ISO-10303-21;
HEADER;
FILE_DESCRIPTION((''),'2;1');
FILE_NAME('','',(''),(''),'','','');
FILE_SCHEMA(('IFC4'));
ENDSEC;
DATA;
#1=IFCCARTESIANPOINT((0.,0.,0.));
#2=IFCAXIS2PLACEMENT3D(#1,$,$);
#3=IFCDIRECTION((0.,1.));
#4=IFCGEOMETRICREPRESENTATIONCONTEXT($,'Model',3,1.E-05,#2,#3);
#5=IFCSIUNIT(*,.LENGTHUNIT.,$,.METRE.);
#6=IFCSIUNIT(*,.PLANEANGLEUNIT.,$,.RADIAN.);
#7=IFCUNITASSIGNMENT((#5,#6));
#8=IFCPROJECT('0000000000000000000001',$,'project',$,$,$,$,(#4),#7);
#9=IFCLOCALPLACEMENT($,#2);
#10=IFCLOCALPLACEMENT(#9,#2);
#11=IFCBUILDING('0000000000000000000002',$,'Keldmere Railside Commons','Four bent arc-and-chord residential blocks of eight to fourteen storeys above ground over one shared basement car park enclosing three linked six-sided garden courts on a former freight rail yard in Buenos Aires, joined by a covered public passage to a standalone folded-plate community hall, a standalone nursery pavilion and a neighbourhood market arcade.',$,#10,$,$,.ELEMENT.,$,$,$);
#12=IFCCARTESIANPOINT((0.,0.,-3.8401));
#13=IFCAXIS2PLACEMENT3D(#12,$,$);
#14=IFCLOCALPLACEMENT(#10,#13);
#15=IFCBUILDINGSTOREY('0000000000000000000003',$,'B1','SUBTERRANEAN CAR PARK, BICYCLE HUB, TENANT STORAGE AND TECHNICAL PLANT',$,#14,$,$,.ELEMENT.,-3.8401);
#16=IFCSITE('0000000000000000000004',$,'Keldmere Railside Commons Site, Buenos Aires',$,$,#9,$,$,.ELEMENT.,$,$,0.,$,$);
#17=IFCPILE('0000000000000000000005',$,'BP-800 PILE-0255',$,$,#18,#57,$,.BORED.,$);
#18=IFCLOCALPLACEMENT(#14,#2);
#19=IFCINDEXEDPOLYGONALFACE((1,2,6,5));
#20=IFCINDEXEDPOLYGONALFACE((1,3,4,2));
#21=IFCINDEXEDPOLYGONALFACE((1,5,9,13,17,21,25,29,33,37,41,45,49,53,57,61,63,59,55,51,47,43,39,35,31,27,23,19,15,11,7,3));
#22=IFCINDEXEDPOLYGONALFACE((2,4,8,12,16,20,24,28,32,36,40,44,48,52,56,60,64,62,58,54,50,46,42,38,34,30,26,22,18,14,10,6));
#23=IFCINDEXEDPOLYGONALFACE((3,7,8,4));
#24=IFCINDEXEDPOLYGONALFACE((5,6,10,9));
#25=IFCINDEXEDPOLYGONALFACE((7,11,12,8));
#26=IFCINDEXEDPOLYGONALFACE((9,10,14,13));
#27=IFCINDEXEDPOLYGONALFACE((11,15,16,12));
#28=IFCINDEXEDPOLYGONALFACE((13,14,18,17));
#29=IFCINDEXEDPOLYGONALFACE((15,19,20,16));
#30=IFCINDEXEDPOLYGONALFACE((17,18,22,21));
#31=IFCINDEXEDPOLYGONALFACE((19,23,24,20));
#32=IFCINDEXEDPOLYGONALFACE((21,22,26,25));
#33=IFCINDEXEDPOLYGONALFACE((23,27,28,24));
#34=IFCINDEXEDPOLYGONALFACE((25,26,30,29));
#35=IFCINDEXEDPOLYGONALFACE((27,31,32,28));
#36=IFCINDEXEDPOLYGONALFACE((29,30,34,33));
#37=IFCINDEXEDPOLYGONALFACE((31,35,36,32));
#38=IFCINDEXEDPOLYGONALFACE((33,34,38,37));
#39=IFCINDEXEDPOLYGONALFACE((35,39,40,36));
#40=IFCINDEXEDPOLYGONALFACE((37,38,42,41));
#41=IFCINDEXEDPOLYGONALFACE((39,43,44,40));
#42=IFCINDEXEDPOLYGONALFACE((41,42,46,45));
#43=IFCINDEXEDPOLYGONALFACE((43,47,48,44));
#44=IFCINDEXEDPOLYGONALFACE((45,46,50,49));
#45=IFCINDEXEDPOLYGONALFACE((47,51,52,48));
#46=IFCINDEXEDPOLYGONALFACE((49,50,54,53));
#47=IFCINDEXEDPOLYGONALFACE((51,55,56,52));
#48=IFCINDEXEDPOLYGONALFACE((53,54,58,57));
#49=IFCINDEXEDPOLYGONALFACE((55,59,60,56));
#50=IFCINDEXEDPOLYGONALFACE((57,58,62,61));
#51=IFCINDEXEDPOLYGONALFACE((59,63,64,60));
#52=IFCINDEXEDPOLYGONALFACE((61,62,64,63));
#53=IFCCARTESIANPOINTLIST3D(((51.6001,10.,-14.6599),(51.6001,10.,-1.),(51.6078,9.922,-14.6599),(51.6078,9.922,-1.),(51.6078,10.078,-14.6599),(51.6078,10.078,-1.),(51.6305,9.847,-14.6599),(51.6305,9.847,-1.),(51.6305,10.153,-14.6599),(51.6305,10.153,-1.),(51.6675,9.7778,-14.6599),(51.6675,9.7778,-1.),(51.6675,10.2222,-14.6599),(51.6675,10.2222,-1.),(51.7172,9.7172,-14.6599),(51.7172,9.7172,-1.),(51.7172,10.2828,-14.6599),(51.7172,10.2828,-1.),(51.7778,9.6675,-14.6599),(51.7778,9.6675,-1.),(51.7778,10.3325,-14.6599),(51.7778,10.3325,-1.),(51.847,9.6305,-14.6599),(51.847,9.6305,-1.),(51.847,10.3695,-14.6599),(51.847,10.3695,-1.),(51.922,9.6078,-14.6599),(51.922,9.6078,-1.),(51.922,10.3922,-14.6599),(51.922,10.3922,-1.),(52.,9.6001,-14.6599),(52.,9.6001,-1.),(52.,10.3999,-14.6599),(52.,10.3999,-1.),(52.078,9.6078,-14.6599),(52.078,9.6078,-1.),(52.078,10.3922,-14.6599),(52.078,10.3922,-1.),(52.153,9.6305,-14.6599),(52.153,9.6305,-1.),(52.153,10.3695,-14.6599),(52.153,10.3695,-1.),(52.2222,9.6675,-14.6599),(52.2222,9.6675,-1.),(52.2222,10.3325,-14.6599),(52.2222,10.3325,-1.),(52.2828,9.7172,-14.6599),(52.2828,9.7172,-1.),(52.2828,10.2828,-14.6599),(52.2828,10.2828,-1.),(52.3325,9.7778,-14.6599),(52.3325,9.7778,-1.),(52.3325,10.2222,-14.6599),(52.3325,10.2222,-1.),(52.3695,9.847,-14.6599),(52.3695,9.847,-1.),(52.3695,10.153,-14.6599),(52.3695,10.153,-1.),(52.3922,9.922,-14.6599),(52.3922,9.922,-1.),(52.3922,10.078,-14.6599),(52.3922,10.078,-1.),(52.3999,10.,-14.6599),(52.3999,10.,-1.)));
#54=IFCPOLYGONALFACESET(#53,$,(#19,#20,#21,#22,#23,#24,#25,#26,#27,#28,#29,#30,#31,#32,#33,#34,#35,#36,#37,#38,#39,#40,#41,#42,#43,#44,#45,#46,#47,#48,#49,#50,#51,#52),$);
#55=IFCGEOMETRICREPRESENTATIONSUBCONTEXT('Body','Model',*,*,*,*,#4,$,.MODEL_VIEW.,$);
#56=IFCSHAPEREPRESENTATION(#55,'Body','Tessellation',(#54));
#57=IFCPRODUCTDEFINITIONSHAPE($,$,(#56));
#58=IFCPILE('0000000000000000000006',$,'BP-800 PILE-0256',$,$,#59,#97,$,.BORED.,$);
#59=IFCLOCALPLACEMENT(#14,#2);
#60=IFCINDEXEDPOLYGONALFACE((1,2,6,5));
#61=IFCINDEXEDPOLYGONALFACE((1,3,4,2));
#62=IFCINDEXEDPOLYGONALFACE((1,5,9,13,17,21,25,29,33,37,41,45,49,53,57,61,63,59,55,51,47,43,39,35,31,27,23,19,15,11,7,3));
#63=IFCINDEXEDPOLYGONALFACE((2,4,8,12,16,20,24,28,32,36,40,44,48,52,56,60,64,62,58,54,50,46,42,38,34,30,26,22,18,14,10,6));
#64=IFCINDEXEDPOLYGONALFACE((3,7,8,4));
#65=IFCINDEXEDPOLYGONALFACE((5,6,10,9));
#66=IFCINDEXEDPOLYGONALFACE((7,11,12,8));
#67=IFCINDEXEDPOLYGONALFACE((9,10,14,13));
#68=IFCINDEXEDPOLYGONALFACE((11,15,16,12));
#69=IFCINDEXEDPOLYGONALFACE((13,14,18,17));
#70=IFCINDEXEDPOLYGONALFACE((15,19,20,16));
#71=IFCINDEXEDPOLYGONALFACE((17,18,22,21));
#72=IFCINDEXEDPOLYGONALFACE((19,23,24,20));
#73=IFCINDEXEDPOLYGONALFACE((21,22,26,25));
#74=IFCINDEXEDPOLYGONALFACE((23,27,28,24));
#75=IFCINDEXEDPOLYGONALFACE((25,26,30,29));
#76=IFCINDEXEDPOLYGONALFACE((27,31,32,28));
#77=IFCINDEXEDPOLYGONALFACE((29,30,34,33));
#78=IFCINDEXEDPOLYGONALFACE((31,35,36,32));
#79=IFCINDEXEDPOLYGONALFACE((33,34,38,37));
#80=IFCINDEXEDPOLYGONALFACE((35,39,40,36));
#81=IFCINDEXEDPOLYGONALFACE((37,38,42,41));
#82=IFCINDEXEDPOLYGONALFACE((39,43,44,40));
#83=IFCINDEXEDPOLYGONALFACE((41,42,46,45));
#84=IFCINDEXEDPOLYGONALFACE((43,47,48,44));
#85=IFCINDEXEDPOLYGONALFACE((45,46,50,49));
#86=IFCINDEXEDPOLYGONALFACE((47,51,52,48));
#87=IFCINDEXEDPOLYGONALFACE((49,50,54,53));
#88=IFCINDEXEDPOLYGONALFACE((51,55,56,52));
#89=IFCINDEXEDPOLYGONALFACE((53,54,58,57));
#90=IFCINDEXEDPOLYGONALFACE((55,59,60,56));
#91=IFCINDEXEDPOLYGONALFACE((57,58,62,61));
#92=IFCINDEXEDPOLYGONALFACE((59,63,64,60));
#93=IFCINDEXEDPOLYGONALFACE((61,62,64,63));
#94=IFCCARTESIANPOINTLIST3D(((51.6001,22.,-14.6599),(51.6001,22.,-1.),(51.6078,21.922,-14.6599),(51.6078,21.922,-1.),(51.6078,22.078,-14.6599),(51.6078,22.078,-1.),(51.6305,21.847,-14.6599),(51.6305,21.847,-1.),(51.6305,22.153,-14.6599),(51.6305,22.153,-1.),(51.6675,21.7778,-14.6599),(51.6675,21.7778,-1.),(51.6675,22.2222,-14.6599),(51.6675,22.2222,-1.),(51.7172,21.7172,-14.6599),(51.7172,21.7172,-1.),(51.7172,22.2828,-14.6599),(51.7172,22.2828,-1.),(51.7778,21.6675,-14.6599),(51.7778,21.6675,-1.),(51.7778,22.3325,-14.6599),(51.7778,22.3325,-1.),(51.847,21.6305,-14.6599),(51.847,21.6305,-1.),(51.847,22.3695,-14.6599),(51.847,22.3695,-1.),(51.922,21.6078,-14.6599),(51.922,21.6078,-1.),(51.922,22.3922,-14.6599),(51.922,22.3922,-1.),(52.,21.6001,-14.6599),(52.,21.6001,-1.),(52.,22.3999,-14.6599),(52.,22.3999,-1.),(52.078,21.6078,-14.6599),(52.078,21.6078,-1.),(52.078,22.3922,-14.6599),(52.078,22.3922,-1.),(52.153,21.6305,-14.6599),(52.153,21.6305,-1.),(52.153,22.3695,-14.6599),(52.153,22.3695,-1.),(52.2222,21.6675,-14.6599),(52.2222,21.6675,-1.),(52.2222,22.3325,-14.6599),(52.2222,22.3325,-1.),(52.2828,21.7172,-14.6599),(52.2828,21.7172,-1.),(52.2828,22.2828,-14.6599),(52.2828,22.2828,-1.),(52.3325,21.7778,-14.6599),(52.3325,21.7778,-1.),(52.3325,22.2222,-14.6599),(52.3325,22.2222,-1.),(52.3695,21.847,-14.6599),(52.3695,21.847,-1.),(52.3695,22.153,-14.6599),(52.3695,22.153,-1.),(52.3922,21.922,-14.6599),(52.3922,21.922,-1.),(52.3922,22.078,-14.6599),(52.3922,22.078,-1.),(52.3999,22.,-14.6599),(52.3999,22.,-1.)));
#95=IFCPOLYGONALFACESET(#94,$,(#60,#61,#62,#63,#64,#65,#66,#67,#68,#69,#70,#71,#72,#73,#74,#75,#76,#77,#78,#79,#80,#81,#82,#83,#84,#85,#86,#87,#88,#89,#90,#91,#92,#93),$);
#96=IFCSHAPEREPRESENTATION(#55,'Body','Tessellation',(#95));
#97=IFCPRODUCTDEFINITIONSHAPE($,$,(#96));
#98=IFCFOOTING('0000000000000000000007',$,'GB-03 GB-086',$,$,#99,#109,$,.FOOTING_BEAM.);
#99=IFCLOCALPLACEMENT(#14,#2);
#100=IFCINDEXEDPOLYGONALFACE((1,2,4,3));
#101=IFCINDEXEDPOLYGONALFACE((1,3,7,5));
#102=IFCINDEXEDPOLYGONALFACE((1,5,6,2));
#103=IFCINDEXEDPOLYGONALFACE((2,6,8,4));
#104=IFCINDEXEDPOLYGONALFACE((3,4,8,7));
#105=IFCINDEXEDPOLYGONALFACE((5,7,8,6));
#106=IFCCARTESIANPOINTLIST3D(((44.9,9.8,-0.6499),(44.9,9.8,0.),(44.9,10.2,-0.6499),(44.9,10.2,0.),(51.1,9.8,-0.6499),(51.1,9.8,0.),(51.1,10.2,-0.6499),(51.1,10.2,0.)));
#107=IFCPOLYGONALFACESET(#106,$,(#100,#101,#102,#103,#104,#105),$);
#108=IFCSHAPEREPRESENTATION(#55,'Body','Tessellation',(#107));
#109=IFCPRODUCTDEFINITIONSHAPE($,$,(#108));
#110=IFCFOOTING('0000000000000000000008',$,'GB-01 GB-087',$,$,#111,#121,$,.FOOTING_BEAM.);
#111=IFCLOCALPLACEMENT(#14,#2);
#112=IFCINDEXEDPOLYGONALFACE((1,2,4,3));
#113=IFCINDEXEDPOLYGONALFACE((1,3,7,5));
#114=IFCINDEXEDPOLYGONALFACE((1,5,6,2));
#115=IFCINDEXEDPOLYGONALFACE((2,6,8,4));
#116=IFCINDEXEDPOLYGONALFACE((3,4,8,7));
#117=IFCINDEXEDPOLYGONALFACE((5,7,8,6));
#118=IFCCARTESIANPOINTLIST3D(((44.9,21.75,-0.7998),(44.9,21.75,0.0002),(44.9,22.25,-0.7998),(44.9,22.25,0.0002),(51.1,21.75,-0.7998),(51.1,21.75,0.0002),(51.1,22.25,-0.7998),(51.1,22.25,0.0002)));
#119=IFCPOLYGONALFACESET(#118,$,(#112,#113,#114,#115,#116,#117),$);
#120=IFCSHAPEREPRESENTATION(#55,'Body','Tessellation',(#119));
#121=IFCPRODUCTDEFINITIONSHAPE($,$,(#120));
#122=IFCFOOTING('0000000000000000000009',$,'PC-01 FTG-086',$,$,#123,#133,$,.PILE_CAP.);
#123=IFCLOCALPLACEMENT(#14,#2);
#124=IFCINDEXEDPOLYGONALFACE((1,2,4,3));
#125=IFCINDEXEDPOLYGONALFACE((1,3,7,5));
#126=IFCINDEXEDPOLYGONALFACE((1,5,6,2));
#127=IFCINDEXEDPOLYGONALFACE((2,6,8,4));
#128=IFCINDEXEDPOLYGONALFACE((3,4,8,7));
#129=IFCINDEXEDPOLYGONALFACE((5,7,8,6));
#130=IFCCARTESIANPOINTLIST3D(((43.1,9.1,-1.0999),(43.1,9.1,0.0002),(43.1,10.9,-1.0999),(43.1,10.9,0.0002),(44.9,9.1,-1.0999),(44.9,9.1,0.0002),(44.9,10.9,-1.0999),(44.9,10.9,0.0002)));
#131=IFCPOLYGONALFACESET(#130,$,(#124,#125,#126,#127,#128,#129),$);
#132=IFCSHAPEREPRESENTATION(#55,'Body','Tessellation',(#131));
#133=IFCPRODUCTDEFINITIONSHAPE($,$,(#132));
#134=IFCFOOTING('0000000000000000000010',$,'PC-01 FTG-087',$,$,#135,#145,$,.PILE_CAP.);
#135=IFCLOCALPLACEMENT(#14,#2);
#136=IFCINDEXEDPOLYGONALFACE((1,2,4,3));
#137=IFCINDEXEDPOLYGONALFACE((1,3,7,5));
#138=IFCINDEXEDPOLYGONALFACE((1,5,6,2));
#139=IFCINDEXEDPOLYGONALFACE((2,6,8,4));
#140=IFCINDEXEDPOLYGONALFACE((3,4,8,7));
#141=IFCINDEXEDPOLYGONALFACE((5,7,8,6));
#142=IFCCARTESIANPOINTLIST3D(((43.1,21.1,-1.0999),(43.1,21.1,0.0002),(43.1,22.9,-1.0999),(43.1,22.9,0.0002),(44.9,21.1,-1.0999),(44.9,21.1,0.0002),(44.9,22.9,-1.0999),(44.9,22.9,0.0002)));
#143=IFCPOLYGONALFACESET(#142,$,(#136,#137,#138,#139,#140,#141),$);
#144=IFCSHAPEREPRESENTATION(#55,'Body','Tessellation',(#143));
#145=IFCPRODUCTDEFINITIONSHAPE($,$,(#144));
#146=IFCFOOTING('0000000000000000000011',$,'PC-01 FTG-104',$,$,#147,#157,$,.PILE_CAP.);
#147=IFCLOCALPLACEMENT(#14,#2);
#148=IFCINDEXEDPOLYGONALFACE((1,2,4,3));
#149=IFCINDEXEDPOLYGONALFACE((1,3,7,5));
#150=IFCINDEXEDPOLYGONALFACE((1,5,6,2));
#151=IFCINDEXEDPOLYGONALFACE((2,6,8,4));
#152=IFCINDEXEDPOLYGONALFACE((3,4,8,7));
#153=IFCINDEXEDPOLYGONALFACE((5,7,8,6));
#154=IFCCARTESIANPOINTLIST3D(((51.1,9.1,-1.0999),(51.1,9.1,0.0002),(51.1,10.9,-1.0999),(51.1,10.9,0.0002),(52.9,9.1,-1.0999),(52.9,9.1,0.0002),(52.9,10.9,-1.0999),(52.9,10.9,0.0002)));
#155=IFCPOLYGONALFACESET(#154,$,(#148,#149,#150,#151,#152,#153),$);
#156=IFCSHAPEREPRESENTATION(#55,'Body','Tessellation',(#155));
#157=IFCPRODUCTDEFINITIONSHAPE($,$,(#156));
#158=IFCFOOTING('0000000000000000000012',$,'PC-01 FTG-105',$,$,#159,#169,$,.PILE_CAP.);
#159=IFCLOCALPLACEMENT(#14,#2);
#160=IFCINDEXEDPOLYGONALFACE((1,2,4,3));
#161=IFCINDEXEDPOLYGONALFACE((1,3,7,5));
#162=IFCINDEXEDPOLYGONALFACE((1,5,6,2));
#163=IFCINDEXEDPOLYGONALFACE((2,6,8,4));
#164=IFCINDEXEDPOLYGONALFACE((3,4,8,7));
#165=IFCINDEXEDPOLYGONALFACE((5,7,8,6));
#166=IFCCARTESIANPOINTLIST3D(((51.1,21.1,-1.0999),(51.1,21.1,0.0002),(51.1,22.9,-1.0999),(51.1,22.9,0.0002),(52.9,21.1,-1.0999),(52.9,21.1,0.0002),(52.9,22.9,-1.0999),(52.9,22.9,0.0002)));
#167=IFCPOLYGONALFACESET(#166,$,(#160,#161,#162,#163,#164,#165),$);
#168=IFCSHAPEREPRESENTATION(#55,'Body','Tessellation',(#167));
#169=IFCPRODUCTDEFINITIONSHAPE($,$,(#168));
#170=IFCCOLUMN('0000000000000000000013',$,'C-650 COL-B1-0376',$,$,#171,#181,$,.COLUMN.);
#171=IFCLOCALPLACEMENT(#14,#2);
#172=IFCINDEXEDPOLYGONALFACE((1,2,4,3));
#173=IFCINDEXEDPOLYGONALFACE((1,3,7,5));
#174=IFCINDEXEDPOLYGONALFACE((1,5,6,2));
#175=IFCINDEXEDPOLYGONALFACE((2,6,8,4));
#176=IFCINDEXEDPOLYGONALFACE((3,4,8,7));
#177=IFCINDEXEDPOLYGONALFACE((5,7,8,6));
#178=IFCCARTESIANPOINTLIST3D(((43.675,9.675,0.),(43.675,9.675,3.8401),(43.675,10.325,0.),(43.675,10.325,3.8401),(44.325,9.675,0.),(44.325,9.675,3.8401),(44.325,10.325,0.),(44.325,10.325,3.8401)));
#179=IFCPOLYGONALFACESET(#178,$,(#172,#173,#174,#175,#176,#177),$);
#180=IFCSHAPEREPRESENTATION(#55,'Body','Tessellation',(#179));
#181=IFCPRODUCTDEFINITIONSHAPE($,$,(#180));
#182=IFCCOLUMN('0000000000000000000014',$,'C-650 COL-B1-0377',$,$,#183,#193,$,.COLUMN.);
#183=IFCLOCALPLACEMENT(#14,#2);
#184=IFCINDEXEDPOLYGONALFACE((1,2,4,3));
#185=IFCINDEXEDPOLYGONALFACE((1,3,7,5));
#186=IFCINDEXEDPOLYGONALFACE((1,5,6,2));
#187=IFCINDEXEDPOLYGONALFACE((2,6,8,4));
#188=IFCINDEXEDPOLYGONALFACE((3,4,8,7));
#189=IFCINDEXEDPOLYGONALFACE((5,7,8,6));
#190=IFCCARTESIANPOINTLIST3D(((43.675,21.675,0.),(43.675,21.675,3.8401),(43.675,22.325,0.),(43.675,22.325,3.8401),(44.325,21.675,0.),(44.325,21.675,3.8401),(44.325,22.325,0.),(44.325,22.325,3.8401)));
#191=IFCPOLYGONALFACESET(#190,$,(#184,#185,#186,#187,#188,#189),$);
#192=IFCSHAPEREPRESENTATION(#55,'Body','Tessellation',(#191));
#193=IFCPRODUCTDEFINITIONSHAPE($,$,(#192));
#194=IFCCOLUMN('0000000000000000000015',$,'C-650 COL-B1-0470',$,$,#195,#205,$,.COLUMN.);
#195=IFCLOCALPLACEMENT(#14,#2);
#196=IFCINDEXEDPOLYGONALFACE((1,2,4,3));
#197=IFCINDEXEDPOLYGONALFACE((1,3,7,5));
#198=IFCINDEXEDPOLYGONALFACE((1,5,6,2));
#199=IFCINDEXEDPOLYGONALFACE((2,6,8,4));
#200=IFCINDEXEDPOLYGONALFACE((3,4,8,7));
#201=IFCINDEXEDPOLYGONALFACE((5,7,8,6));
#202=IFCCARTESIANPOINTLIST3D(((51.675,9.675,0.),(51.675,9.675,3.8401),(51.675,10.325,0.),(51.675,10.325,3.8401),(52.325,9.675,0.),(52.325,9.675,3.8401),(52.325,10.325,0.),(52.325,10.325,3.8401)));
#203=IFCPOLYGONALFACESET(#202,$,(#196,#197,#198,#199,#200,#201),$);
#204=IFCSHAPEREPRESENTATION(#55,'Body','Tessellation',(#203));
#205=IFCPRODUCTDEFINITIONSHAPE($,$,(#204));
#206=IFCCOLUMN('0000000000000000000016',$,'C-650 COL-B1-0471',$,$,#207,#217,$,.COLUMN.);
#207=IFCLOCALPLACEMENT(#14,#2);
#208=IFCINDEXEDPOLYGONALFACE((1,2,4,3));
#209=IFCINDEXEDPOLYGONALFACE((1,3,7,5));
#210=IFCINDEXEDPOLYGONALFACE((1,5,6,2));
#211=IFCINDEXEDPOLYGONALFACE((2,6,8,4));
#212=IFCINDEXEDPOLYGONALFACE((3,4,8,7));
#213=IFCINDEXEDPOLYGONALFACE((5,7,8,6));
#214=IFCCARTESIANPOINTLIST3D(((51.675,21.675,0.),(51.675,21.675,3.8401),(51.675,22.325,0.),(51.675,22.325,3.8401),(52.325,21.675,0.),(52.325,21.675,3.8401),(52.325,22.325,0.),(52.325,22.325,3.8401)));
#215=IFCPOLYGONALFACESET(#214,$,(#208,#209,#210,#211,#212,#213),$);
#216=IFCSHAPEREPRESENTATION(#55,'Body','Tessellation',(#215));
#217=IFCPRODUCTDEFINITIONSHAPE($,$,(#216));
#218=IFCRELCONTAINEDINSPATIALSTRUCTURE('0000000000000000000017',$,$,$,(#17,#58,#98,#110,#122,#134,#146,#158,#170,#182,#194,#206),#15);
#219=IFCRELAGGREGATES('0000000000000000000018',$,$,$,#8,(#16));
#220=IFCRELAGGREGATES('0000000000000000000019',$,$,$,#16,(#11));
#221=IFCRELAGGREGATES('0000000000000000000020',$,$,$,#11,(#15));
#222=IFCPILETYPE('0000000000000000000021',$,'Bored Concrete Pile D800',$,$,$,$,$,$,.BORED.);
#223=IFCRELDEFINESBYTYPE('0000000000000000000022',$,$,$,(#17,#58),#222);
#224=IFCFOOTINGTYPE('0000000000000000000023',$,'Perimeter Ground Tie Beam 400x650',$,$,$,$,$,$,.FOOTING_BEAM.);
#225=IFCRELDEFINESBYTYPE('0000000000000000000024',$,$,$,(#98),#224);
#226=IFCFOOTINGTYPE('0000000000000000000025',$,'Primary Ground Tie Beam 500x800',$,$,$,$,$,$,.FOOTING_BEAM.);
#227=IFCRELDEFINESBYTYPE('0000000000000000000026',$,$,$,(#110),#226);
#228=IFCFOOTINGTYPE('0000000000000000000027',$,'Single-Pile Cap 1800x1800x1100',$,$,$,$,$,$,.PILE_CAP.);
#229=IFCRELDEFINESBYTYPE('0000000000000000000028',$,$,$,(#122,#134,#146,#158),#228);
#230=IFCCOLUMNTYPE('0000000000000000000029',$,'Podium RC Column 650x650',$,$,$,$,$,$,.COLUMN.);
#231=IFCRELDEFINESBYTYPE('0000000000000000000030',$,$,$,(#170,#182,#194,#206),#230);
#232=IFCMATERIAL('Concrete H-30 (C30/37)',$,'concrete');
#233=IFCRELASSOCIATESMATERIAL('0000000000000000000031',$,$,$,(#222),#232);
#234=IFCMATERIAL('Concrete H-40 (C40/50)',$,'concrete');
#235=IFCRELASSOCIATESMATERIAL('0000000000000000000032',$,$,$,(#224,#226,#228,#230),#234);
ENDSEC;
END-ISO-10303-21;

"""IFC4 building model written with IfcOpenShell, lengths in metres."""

from ifc_helpers import new_model, si_unit, direction, frame, origin, origin_2d, place, context, subcontext, project, spatial, rectangle, circle, extrude, material, material_profile, profile_set, type_object, element, save


model = new_model("IFC4")

# Units and contexts
model_context = context("Model", 3, precision=1e-05, world=origin(), true_north=direction((0.0, 1.0)))
body_context = subcontext(model_context, "Body", "Model", "MODEL_VIEW")
ifc_project = project(units=[si_unit("LENGTHUNIT", "METRE"), si_unit("PLANEANGLEUNIT", "RADIAN")], contexts=[model_context])

# Site, building, storey
site_placement = place(None, origin())
site = spatial("IfcSite", under=ifc_project, at=site_placement, Name="Keldmere Railside Commons Site, Buenos Aires", CompositionType="ELEMENT", RefElevation=0.0)
building_placement = place(site_placement, origin())
building = spatial("IfcBuilding", under=site, at=building_placement, Name="Keldmere Railside Commons", Description="Four bent arc-and-chord residential blocks of eight to fourteen storeys above ground over one shared basement car park enclosing three linked six-sided garden courts on a former freight rail yard in Buenos Aires, joined by a covered public passage to a standalone folded-plate community hall, a standalone nursery pavilion and a neighbourhood market arcade.", CompositionType="ELEMENT")
storey_placement = place(building_placement, frame((0.0, 0.0, -3.8401)))
storey = spatial("IfcBuildingStorey", under=building, at=storey_placement, Name="B1", Description="SUBTERRANEAN CAR PARK, BICYCLE HUB, TENANT STORAGE AND TECHNICAL PLANT", CompositionType="ELEMENT", Elevation=-3.8401)

# Piles
ifc_material_1 = material(Name="Concrete H-30 (C30/37)", Category="concrete")
ifc_material_profile_1 = material_profile(ifc_material_1, circle(Radius=0.3999, at=origin_2d()), Name="PILE-D800")
ifc_profile_set_1 = profile_set([ifc_material_profile_1], Name="Concrete H-30 (C30/37)")
pile_type = type_object("IfcPileType", Name="Bored Concrete Pile D800", PredefinedType="BORED", material=ifc_profile_set_1)
for number, where, z_axis, x_axis, name in (
    (1, (52.0, 10.0, -1.0), (0.0, 0.0, -1.0), (1.0, 0.0, 0.0), "BP-800 PILE-0255"),
    (2, (52.0, 22.0, -1.0), (0.0, 0.0, -1.0), (1.0, 0.0, 0.0), "BP-800 PILE-0256"),
):
    element("IfcPile", number, at=place(storey_placement, frame(where, z_axis=z_axis, x_axis=x_axis)), inside=storey, type_object=pile_type, Name=name, PredefinedType="BORED", context=body_context, shape_type="SweptSolid", body=[
        extrude(circle(Radius=0.3999, at=origin_2d()), origin(), (0.0, 0.0, 1.0), 13.6599),
    ])

# Footings
ifc_material_2 = material(Name="Concrete H-40 (C40/50)", Category="concrete")
footing_type_1 = type_object("IfcFootingType", Name="Perimeter Ground Tie Beam 400x650", PredefinedType="FOOTING_BEAM", material=ifc_material_2)
footing_1_placement = place(storey_placement, frame((48.0, 10.0, -0.6499), z_axis=(0.0, 0.0, 1.0), x_axis=(1.0, 0.0, 0.0)))
element("IfcFooting", 3, at=footing_1_placement, inside=storey, type_object=footing_type_1, Name="GB-03 GB-086", PredefinedType="FOOTING_BEAM", context=body_context, shape_type="SweptSolid", body=[
    extrude(rectangle(XDim=6.2, YDim=0.3999, at=origin_2d()), origin(), (0.0, 0.0, 1.0), 0.6499),
])
footing_type_2 = type_object("IfcFootingType", Name="Primary Ground Tie Beam 500x800", PredefinedType="FOOTING_BEAM", material=ifc_material_2)
footing_2_placement = place(storey_placement, frame((48.0, 22.0, -0.7998), z_axis=(0.0, 0.0, 1.0), x_axis=(1.0, 0.0, 0.0)))
element("IfcFooting", 4, at=footing_2_placement, inside=storey, type_object=footing_type_2, Name="GB-01 GB-087", PredefinedType="FOOTING_BEAM", context=body_context, shape_type="SweptSolid", body=[
    extrude(rectangle(XDim=6.2, YDim=0.5, at=origin_2d()), origin(), (0.0, 0.0, 1.0), 0.8),
])
footing_type_3 = type_object("IfcFootingType", Name="Single-Pile Cap 1800x1800x1100", PredefinedType="PILE_CAP", material=ifc_material_2)
for number, where, z_axis, x_axis, name in (
    (5, (44.0, 10.0, -1.0999), (0.0, 0.0, 1.0), (1.0, 0.0, 0.0), "PC-01 FTG-086"),
    (6, (44.0, 22.0, -1.0999), (0.0, 0.0, 1.0), (1.0, 0.0, 0.0), "PC-01 FTG-087"),
    (7, (52.0, 10.0, -1.0999), (0.0, 0.0, 1.0), (1.0, 0.0, 0.0), "PC-01 FTG-104"),
    (8, (52.0, 22.0, -1.0999), (0.0, 0.0, 1.0), (1.0, 0.0, 0.0), "PC-01 FTG-105"),
):
    element("IfcFooting", number, at=place(storey_placement, frame(where, z_axis=z_axis, x_axis=x_axis)), inside=storey, type_object=footing_type_3, Name=name, PredefinedType="PILE_CAP", context=body_context, shape_type="SweptSolid", body=[
        extrude(rectangle(XDim=1.8, YDim=1.8, at=origin_2d()), origin(), (0.0, 0.0, 1.0), 1.1001),
    ])

# Columns
ifc_material_profile_2 = material_profile(ifc_material_2, rectangle(XDim=0.6499, YDim=0.6499, at=origin_2d()), Name="RC-650x650")
ifc_profile_set_2 = profile_set([ifc_material_profile_2], Name="Concrete H-40 (C40/50)")
column_type = type_object("IfcColumnType", Name="Podium RC Column 650x650", PredefinedType="COLUMN", material=ifc_profile_set_2)
for number, where, z_axis, x_axis, name in (
    (9, (44.0, 10.0, 0.0), (0.0, 0.0, 1.0), (1.0, 0.0, 0.0), "C-650 COL-B1-0376"),
    (10, (44.0, 22.0, 0.0), (0.0, 0.0, 1.0), (1.0, 0.0, 0.0), "C-650 COL-B1-0377"),
    (11, (52.0, 10.0, 0.0), (0.0, 0.0, 1.0), (1.0, 0.0, 0.0), "C-650 COL-B1-0470"),
    (12, (52.0, 22.0, 0.0), (0.0, 0.0, 1.0), (1.0, 0.0, 0.0), "C-650 COL-B1-0471"),
):
    element("IfcColumn", number, at=place(storey_placement, frame(where, z_axis=z_axis, x_axis=x_axis)), inside=storey, type_object=column_type, Name=name, PredefinedType="COLUMN", context=body_context, shape_type="SweptSolid", body=[
        extrude(rectangle(XDim=0.6499, YDim=0.6499, at=origin_2d()), origin(), (0.0, 0.0, 1.0), 3.8401),
    ])

save(model, "model.ifc")
